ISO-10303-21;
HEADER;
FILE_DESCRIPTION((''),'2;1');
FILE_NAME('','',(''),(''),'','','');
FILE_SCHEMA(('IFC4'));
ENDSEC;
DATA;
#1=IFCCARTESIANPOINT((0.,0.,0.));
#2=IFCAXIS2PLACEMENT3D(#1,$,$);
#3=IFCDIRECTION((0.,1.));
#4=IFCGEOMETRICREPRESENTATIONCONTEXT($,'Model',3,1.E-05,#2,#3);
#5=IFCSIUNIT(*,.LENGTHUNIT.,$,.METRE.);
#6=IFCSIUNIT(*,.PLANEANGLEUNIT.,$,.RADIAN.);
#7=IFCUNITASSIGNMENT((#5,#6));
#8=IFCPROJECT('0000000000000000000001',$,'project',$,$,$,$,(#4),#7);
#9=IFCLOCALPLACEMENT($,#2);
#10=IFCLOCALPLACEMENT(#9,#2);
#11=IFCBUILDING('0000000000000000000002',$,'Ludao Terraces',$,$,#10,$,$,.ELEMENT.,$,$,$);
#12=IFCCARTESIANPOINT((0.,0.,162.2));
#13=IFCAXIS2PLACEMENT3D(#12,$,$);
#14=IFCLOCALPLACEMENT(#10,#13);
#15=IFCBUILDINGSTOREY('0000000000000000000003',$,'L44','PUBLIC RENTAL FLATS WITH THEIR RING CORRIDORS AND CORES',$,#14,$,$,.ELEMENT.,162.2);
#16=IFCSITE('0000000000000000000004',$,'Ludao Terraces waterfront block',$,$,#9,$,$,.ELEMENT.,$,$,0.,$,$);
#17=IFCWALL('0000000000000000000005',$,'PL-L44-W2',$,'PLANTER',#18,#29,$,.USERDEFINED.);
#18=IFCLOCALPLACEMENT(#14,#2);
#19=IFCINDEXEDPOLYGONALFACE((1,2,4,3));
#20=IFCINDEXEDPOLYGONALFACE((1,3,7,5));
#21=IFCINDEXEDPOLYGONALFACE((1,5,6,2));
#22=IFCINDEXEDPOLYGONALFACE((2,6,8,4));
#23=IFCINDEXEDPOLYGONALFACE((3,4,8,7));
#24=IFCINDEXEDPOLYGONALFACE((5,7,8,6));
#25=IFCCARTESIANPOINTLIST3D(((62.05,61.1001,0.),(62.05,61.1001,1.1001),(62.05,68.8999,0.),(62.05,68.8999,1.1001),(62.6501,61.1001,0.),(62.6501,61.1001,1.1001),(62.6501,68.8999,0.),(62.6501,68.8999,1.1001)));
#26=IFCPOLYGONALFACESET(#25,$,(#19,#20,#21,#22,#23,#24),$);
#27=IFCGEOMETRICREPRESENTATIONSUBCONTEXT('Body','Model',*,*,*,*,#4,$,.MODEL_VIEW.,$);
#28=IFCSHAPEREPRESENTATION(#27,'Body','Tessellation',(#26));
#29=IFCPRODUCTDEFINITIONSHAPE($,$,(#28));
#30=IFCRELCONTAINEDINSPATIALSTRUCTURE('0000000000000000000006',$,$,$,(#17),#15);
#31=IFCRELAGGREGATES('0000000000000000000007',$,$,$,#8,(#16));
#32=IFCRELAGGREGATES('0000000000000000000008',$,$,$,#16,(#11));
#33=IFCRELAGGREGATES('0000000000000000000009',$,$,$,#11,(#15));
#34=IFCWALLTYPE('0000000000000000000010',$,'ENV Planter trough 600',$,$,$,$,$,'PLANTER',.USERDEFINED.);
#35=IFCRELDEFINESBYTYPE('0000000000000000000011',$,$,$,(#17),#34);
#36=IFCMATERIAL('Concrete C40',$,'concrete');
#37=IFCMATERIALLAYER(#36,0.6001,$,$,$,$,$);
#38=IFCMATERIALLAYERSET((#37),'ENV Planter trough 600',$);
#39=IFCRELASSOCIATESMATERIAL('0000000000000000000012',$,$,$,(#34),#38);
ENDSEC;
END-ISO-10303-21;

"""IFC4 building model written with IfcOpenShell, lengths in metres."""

from ifc_helpers import new_model, si_unit, direction, frame, frame_2d, origin, place, context, subcontext, project, spatial, rectangle, extrude, material, layer, layer_set, type_object, element, save


model = new_model("IFC4")

# Units and contexts
model_context = context("Model", 3, precision=1e-05, world=origin(), true_north=direction((0.0, 1.0)))
body_context = subcontext(model_context, "Body", "Model", "MODEL_VIEW")
ifc_project = project(units=[si_unit("LENGTHUNIT", "METRE"), si_unit("PLANEANGLEUNIT", "RADIAN")], contexts=[model_context])

# Site, building, storey
site_placement = place(None, origin())
site = spatial("IfcSite", under=ifc_project, at=site_placement, Name="Ludao Terraces waterfront block", CompositionType="ELEMENT", RefElevation=0.0)
building_placement = place(site_placement, origin())
building = spatial("IfcBuilding", under=site, at=building_placement, Name="Ludao Terraces", CompositionType="ELEMENT")
storey_placement = place(building_placement, frame((0.0, 0.0, 162.2)))
storey = spatial("IfcBuildingStorey", under=building, at=storey_placement, Name="L44", Description="PUBLIC RENTAL FLATS WITH THEIR RING CORRIDORS AND CORES", CompositionType="ELEMENT", Elevation=162.2)

# Shared definitions
ifc_material_1 = material(Name="Concrete C40", Category="concrete")

# Wall
ifc_layer_1 = layer(ifc_material_1, 0.6001)
ifc_layer_set_1 = layer_set([ifc_layer_1], Name="ENV Planter trough 600")
wall_type = type_object("IfcWallType", Name="ENV Planter trough 600", ElementType="PLANTER", PredefinedType="USERDEFINED", material=ifc_layer_set_1)
wall_1_placement = place(storey_placement, frame((62.3501, 61.1001, 0.0), z_axis=(0.0, 0.0, 1.0), x_axis=(0.0, 1.0, 0.0)))
element("IfcWall", 1, at=wall_1_placement, inside=storey, type_object=wall_type, Name="PL-L44-W2", ObjectType="PLANTER", PredefinedType="USERDEFINED", context=body_context, shape_type="SweptSolid", body=[
    extrude(rectangle(XDim=7.7998, YDim=0.6001, at=frame_2d((3.8999, 0.0))), origin(), (0.0, 0.0, 1.0), 1.1001),
])

save(model, "model.ifc")
